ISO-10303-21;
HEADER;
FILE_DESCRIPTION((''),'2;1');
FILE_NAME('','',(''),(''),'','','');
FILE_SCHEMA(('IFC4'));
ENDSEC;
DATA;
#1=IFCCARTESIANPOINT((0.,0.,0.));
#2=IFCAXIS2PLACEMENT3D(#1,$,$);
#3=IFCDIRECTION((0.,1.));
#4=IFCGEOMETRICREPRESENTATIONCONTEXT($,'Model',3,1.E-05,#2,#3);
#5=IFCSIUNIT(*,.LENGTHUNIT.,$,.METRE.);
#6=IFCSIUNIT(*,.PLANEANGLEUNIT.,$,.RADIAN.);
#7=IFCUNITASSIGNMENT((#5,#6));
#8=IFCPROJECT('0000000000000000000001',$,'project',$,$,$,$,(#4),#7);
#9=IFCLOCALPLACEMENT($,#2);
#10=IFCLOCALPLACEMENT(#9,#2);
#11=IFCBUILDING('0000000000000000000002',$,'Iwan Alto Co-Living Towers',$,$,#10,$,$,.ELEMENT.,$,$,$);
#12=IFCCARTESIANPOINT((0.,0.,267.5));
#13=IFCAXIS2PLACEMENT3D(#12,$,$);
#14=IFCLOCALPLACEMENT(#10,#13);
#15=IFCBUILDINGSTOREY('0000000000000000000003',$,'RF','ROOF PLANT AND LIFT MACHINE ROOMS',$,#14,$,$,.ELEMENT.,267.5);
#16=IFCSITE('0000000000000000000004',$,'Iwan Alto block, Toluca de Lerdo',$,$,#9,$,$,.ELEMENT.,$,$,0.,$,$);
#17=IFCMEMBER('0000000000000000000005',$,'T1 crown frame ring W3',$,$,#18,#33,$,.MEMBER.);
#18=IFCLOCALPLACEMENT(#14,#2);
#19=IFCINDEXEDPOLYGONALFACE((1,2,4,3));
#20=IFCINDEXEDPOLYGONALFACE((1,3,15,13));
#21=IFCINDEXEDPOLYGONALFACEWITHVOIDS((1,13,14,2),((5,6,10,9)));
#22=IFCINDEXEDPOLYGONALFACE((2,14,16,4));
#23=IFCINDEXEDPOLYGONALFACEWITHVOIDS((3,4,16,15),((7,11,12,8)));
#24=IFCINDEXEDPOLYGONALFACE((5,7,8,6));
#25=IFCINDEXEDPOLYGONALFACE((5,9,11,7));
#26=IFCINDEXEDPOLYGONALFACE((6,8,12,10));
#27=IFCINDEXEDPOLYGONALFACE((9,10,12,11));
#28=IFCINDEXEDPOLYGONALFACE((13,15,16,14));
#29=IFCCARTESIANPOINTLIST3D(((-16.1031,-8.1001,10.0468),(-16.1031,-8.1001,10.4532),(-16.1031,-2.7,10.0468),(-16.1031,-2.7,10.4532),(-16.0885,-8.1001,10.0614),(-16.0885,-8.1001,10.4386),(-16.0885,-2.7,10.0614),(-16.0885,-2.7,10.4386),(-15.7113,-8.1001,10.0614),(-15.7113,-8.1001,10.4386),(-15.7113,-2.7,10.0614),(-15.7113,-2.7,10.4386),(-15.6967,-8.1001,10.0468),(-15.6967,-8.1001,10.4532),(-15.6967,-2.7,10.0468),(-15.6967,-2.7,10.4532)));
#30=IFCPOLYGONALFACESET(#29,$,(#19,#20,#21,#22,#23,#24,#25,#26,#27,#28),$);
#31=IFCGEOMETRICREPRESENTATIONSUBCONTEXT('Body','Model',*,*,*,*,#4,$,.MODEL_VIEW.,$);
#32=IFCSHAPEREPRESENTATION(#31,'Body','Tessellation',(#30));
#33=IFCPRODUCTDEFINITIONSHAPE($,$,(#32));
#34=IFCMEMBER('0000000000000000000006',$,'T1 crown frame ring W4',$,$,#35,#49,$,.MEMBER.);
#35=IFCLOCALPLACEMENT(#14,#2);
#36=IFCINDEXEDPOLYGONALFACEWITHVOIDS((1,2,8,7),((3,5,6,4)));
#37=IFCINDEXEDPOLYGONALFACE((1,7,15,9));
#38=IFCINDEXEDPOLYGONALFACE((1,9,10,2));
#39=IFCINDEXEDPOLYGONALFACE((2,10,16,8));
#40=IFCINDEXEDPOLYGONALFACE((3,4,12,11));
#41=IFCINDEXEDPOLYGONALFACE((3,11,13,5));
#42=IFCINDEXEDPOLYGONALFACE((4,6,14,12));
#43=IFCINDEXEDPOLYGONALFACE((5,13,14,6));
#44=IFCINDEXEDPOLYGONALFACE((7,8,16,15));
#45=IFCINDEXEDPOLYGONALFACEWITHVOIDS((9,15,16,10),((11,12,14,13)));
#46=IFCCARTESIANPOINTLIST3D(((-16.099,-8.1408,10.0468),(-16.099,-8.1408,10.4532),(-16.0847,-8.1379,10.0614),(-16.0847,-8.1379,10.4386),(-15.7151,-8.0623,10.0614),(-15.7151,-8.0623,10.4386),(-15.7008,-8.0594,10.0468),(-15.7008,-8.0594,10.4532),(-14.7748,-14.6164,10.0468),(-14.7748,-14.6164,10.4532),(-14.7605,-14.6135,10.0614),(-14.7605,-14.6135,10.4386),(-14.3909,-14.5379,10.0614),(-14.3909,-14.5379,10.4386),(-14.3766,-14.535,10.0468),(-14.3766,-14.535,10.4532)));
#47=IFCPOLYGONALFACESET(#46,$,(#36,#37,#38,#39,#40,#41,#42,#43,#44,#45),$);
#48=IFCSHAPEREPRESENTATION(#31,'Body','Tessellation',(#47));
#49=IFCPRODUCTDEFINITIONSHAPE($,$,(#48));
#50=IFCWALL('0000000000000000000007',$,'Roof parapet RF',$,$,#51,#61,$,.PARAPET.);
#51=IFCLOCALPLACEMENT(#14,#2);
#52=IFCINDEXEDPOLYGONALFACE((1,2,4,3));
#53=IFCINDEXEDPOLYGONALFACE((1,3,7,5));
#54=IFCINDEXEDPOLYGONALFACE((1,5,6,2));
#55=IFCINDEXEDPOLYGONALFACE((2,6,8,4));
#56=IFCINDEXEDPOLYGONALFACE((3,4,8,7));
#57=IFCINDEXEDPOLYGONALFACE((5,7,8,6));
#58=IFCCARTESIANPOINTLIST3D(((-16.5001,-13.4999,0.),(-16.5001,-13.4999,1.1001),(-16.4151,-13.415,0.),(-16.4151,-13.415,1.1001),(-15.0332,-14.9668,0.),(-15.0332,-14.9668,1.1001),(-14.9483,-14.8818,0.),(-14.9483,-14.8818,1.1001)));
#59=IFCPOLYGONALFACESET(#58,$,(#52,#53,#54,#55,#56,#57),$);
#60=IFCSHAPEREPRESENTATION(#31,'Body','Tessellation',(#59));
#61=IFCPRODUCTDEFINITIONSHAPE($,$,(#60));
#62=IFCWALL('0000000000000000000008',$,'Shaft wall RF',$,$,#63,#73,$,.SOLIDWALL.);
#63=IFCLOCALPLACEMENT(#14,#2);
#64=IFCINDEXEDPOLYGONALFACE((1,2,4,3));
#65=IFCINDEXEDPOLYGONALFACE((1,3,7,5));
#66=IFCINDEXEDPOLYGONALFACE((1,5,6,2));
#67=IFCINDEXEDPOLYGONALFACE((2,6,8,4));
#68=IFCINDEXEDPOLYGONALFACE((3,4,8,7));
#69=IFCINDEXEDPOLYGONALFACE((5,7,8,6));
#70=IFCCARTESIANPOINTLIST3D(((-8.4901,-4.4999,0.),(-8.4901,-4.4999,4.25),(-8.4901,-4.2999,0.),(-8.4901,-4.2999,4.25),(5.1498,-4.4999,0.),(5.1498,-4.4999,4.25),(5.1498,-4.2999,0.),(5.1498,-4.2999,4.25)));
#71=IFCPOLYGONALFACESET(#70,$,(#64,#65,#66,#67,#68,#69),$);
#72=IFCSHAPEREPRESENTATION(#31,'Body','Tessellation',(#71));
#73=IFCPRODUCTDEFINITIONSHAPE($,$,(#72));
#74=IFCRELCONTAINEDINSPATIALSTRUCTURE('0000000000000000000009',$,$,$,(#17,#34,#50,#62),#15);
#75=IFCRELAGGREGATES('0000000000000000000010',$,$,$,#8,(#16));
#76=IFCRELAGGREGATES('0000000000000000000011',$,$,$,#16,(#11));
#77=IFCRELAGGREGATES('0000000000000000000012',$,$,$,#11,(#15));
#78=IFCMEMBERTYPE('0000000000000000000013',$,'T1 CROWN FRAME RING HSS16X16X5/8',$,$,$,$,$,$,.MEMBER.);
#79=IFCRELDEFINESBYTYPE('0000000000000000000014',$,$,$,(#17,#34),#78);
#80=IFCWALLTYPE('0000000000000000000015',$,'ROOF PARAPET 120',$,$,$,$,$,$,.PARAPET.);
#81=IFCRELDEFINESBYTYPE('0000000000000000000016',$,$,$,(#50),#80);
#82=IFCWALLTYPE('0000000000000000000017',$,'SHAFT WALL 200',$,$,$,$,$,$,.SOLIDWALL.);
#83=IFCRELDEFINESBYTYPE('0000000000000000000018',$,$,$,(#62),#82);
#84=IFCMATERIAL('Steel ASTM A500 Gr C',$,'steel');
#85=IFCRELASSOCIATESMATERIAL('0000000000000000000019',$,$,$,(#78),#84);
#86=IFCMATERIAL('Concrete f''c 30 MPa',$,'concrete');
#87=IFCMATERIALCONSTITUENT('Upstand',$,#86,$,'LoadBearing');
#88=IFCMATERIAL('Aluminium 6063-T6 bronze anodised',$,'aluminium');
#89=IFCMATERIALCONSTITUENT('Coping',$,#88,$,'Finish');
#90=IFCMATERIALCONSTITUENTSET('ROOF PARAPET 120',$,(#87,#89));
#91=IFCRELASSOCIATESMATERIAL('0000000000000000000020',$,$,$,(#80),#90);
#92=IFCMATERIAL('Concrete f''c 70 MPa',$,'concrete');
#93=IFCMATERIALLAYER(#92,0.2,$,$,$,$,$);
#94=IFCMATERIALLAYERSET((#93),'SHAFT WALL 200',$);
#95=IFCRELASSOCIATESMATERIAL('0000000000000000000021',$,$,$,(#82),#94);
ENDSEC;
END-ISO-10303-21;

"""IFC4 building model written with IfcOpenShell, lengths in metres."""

from ifc_helpers import new_model, si_unit, direction, frame, frame_2d, origin, origin_2d, place, context, subcontext, project, spatial, rectangle, hollow_rectangle, extrude, material, layer, layer_set, constituent, constituent_set, material_profile, profile_set, type_object, element, save


model = new_model("IFC4")

# Units and contexts
model_context = context("Model", 3, precision=1e-05, world=origin(), true_north=direction((0.0, 1.0)))
body_context = subcontext(model_context, "Body", "Model", "MODEL_VIEW")
ifc_project = project(units=[si_unit("LENGTHUNIT", "METRE"), si_unit("PLANEANGLEUNIT", "RADIAN")], contexts=[model_context])

# Site, building, storey
site_placement = place(None, origin())
site = spatial("IfcSite", under=ifc_project, at=site_placement, Name="Iwan Alto block, Toluca de Lerdo", CompositionType="ELEMENT", RefElevation=0.0)
building_placement = place(site_placement, origin())
building = spatial("IfcBuilding", under=site, at=building_placement, Name="Iwan Alto Co-Living Towers", CompositionType="ELEMENT")
storey_placement = place(building_placement, frame((0.0, 0.0, 267.5)))
storey = spatial("IfcBuildingStorey", under=building, at=storey_placement, Name="RF", Description="ROOF PLANT AND LIFT MACHINE ROOMS", CompositionType="ELEMENT", Elevation=267.5)

# Members
ifc_material_1 = material(Name="Steel ASTM A500 Gr C", Category="steel")
ifc_material_profile_1 = material_profile(ifc_material_1, hollow_rectangle(XDim=0.4065, YDim=0.4065, WallThickness=0.0146, at=origin_2d()), Name="HSS16X16X5/8")
ifc_profile_set_1 = profile_set([ifc_material_profile_1], Name="Steel ASTM A500 Gr C")
member_type_1 = type_object("IfcMemberType", Name="T1 CROWN FRAME RING HSS16X16X5/8", PredefinedType="MEMBER", material=ifc_profile_set_1)
member_1_placement = place(storey_placement, frame((-15.8999, -2.7, 10.25), z_axis=(0.0, -1.0, 0.0), x_axis=(1.0, 0.0, 0.0)))
element("IfcMember", 1, at=member_1_placement, inside=storey, type_object=member_type_1, Name="T1 crown frame ring W3", PredefinedType="MEMBER", context=body_context, shape_type="SweptSolid", body=[
    extrude(hollow_rectangle(XDim=0.4065, YDim=0.4065, WallThickness=0.0146, at=origin_2d()), origin(), (0.0, 0.0, 1.0), 5.4001),
])
member_2_placement = place(storey_placement, frame((-15.8999, -8.1001, 10.25), z_axis=(0.200348, -0.979725, 0.0), x_axis=(0.979725, 0.200348, 0.0)))
element("IfcMember", 2, at=member_2_placement, inside=storey, type_object=member_type_1, Name="T1 crown frame ring W4", PredefinedType="MEMBER", context=body_context, shape_type="SweptSolid", body=[
    extrude(hollow_rectangle(XDim=0.4065, YDim=0.4065, WallThickness=0.0146, at=origin_2d()), origin(), (0.0, 0.0, 1.0), 6.6096),
])

# Walls
ifc_material_2 = material(Name="Concrete f'c 30 MPa", Category="concrete")
ifc_constituent_1 = constituent(ifc_material_2, Name="Upstand", Category="LoadBearing")
ifc_material_3 = material(Name="Aluminium 6063-T6 bronze anodised", Category="aluminium")
ifc_constituent_2 = constituent(ifc_material_3, Name="Coping", Category="Finish")
ifc_constituent_set = constituent_set(constituents=[ifc_constituent_1, ifc_constituent_2], Name="ROOF PARAPET 120")
wall_type_1 = type_object("IfcWallType", Name="ROOF PARAPET 120", PredefinedType="PARAPET", material=ifc_constituent_set)
wall_1_placement = place(storey_placement, frame((-16.4575, -13.4575, 0.0), z_axis=(0.0, 0.0, 1.0), x_axis=(0.707107, -0.707107, 0.0)))
element("IfcWall", 3, at=wall_1_placement, inside=storey, type_object=wall_type_1, Name="Roof parapet RF", PredefinedType="PARAPET", context=body_context, shape_type="SweptSolid", body=[
    extrude(rectangle(XDim=2.0745, YDim=0.1201, at=frame_2d((1.0371, 0.0))), origin(), (0.0, 0.0, 1.0), 1.1001),
])
ifc_material_4 = material(Name="Concrete f'c 70 MPa", Category="concrete")
ifc_layer = layer(ifc_material_4, 0.2)
ifc_layer_set = layer_set([ifc_layer], Name="SHAFT WALL 200")
wall_type_2 = type_object("IfcWallType", Name="SHAFT WALL 200", PredefinedType="SOLIDWALL", material=ifc_layer_set)
wall_2_placement = place(storey_placement, frame((-8.49, -4.3999, 0.0), z_axis=(0.0, 0.0, 1.0), x_axis=(1.0, 0.0, 0.0)))
element("IfcWall", 4, at=wall_2_placement, inside=storey, type_object=wall_type_2, Name="Shaft wall RF", PredefinedType="SOLIDWALL", context=body_context, shape_type="SweptSolid", body=[
    extrude(rectangle(XDim=13.6399, YDim=0.2, at=frame_2d((6.8198, 0.0))), origin(), (0.0, 0.0, 1.0), 4.25),
])

save(model, "model.ifc")
